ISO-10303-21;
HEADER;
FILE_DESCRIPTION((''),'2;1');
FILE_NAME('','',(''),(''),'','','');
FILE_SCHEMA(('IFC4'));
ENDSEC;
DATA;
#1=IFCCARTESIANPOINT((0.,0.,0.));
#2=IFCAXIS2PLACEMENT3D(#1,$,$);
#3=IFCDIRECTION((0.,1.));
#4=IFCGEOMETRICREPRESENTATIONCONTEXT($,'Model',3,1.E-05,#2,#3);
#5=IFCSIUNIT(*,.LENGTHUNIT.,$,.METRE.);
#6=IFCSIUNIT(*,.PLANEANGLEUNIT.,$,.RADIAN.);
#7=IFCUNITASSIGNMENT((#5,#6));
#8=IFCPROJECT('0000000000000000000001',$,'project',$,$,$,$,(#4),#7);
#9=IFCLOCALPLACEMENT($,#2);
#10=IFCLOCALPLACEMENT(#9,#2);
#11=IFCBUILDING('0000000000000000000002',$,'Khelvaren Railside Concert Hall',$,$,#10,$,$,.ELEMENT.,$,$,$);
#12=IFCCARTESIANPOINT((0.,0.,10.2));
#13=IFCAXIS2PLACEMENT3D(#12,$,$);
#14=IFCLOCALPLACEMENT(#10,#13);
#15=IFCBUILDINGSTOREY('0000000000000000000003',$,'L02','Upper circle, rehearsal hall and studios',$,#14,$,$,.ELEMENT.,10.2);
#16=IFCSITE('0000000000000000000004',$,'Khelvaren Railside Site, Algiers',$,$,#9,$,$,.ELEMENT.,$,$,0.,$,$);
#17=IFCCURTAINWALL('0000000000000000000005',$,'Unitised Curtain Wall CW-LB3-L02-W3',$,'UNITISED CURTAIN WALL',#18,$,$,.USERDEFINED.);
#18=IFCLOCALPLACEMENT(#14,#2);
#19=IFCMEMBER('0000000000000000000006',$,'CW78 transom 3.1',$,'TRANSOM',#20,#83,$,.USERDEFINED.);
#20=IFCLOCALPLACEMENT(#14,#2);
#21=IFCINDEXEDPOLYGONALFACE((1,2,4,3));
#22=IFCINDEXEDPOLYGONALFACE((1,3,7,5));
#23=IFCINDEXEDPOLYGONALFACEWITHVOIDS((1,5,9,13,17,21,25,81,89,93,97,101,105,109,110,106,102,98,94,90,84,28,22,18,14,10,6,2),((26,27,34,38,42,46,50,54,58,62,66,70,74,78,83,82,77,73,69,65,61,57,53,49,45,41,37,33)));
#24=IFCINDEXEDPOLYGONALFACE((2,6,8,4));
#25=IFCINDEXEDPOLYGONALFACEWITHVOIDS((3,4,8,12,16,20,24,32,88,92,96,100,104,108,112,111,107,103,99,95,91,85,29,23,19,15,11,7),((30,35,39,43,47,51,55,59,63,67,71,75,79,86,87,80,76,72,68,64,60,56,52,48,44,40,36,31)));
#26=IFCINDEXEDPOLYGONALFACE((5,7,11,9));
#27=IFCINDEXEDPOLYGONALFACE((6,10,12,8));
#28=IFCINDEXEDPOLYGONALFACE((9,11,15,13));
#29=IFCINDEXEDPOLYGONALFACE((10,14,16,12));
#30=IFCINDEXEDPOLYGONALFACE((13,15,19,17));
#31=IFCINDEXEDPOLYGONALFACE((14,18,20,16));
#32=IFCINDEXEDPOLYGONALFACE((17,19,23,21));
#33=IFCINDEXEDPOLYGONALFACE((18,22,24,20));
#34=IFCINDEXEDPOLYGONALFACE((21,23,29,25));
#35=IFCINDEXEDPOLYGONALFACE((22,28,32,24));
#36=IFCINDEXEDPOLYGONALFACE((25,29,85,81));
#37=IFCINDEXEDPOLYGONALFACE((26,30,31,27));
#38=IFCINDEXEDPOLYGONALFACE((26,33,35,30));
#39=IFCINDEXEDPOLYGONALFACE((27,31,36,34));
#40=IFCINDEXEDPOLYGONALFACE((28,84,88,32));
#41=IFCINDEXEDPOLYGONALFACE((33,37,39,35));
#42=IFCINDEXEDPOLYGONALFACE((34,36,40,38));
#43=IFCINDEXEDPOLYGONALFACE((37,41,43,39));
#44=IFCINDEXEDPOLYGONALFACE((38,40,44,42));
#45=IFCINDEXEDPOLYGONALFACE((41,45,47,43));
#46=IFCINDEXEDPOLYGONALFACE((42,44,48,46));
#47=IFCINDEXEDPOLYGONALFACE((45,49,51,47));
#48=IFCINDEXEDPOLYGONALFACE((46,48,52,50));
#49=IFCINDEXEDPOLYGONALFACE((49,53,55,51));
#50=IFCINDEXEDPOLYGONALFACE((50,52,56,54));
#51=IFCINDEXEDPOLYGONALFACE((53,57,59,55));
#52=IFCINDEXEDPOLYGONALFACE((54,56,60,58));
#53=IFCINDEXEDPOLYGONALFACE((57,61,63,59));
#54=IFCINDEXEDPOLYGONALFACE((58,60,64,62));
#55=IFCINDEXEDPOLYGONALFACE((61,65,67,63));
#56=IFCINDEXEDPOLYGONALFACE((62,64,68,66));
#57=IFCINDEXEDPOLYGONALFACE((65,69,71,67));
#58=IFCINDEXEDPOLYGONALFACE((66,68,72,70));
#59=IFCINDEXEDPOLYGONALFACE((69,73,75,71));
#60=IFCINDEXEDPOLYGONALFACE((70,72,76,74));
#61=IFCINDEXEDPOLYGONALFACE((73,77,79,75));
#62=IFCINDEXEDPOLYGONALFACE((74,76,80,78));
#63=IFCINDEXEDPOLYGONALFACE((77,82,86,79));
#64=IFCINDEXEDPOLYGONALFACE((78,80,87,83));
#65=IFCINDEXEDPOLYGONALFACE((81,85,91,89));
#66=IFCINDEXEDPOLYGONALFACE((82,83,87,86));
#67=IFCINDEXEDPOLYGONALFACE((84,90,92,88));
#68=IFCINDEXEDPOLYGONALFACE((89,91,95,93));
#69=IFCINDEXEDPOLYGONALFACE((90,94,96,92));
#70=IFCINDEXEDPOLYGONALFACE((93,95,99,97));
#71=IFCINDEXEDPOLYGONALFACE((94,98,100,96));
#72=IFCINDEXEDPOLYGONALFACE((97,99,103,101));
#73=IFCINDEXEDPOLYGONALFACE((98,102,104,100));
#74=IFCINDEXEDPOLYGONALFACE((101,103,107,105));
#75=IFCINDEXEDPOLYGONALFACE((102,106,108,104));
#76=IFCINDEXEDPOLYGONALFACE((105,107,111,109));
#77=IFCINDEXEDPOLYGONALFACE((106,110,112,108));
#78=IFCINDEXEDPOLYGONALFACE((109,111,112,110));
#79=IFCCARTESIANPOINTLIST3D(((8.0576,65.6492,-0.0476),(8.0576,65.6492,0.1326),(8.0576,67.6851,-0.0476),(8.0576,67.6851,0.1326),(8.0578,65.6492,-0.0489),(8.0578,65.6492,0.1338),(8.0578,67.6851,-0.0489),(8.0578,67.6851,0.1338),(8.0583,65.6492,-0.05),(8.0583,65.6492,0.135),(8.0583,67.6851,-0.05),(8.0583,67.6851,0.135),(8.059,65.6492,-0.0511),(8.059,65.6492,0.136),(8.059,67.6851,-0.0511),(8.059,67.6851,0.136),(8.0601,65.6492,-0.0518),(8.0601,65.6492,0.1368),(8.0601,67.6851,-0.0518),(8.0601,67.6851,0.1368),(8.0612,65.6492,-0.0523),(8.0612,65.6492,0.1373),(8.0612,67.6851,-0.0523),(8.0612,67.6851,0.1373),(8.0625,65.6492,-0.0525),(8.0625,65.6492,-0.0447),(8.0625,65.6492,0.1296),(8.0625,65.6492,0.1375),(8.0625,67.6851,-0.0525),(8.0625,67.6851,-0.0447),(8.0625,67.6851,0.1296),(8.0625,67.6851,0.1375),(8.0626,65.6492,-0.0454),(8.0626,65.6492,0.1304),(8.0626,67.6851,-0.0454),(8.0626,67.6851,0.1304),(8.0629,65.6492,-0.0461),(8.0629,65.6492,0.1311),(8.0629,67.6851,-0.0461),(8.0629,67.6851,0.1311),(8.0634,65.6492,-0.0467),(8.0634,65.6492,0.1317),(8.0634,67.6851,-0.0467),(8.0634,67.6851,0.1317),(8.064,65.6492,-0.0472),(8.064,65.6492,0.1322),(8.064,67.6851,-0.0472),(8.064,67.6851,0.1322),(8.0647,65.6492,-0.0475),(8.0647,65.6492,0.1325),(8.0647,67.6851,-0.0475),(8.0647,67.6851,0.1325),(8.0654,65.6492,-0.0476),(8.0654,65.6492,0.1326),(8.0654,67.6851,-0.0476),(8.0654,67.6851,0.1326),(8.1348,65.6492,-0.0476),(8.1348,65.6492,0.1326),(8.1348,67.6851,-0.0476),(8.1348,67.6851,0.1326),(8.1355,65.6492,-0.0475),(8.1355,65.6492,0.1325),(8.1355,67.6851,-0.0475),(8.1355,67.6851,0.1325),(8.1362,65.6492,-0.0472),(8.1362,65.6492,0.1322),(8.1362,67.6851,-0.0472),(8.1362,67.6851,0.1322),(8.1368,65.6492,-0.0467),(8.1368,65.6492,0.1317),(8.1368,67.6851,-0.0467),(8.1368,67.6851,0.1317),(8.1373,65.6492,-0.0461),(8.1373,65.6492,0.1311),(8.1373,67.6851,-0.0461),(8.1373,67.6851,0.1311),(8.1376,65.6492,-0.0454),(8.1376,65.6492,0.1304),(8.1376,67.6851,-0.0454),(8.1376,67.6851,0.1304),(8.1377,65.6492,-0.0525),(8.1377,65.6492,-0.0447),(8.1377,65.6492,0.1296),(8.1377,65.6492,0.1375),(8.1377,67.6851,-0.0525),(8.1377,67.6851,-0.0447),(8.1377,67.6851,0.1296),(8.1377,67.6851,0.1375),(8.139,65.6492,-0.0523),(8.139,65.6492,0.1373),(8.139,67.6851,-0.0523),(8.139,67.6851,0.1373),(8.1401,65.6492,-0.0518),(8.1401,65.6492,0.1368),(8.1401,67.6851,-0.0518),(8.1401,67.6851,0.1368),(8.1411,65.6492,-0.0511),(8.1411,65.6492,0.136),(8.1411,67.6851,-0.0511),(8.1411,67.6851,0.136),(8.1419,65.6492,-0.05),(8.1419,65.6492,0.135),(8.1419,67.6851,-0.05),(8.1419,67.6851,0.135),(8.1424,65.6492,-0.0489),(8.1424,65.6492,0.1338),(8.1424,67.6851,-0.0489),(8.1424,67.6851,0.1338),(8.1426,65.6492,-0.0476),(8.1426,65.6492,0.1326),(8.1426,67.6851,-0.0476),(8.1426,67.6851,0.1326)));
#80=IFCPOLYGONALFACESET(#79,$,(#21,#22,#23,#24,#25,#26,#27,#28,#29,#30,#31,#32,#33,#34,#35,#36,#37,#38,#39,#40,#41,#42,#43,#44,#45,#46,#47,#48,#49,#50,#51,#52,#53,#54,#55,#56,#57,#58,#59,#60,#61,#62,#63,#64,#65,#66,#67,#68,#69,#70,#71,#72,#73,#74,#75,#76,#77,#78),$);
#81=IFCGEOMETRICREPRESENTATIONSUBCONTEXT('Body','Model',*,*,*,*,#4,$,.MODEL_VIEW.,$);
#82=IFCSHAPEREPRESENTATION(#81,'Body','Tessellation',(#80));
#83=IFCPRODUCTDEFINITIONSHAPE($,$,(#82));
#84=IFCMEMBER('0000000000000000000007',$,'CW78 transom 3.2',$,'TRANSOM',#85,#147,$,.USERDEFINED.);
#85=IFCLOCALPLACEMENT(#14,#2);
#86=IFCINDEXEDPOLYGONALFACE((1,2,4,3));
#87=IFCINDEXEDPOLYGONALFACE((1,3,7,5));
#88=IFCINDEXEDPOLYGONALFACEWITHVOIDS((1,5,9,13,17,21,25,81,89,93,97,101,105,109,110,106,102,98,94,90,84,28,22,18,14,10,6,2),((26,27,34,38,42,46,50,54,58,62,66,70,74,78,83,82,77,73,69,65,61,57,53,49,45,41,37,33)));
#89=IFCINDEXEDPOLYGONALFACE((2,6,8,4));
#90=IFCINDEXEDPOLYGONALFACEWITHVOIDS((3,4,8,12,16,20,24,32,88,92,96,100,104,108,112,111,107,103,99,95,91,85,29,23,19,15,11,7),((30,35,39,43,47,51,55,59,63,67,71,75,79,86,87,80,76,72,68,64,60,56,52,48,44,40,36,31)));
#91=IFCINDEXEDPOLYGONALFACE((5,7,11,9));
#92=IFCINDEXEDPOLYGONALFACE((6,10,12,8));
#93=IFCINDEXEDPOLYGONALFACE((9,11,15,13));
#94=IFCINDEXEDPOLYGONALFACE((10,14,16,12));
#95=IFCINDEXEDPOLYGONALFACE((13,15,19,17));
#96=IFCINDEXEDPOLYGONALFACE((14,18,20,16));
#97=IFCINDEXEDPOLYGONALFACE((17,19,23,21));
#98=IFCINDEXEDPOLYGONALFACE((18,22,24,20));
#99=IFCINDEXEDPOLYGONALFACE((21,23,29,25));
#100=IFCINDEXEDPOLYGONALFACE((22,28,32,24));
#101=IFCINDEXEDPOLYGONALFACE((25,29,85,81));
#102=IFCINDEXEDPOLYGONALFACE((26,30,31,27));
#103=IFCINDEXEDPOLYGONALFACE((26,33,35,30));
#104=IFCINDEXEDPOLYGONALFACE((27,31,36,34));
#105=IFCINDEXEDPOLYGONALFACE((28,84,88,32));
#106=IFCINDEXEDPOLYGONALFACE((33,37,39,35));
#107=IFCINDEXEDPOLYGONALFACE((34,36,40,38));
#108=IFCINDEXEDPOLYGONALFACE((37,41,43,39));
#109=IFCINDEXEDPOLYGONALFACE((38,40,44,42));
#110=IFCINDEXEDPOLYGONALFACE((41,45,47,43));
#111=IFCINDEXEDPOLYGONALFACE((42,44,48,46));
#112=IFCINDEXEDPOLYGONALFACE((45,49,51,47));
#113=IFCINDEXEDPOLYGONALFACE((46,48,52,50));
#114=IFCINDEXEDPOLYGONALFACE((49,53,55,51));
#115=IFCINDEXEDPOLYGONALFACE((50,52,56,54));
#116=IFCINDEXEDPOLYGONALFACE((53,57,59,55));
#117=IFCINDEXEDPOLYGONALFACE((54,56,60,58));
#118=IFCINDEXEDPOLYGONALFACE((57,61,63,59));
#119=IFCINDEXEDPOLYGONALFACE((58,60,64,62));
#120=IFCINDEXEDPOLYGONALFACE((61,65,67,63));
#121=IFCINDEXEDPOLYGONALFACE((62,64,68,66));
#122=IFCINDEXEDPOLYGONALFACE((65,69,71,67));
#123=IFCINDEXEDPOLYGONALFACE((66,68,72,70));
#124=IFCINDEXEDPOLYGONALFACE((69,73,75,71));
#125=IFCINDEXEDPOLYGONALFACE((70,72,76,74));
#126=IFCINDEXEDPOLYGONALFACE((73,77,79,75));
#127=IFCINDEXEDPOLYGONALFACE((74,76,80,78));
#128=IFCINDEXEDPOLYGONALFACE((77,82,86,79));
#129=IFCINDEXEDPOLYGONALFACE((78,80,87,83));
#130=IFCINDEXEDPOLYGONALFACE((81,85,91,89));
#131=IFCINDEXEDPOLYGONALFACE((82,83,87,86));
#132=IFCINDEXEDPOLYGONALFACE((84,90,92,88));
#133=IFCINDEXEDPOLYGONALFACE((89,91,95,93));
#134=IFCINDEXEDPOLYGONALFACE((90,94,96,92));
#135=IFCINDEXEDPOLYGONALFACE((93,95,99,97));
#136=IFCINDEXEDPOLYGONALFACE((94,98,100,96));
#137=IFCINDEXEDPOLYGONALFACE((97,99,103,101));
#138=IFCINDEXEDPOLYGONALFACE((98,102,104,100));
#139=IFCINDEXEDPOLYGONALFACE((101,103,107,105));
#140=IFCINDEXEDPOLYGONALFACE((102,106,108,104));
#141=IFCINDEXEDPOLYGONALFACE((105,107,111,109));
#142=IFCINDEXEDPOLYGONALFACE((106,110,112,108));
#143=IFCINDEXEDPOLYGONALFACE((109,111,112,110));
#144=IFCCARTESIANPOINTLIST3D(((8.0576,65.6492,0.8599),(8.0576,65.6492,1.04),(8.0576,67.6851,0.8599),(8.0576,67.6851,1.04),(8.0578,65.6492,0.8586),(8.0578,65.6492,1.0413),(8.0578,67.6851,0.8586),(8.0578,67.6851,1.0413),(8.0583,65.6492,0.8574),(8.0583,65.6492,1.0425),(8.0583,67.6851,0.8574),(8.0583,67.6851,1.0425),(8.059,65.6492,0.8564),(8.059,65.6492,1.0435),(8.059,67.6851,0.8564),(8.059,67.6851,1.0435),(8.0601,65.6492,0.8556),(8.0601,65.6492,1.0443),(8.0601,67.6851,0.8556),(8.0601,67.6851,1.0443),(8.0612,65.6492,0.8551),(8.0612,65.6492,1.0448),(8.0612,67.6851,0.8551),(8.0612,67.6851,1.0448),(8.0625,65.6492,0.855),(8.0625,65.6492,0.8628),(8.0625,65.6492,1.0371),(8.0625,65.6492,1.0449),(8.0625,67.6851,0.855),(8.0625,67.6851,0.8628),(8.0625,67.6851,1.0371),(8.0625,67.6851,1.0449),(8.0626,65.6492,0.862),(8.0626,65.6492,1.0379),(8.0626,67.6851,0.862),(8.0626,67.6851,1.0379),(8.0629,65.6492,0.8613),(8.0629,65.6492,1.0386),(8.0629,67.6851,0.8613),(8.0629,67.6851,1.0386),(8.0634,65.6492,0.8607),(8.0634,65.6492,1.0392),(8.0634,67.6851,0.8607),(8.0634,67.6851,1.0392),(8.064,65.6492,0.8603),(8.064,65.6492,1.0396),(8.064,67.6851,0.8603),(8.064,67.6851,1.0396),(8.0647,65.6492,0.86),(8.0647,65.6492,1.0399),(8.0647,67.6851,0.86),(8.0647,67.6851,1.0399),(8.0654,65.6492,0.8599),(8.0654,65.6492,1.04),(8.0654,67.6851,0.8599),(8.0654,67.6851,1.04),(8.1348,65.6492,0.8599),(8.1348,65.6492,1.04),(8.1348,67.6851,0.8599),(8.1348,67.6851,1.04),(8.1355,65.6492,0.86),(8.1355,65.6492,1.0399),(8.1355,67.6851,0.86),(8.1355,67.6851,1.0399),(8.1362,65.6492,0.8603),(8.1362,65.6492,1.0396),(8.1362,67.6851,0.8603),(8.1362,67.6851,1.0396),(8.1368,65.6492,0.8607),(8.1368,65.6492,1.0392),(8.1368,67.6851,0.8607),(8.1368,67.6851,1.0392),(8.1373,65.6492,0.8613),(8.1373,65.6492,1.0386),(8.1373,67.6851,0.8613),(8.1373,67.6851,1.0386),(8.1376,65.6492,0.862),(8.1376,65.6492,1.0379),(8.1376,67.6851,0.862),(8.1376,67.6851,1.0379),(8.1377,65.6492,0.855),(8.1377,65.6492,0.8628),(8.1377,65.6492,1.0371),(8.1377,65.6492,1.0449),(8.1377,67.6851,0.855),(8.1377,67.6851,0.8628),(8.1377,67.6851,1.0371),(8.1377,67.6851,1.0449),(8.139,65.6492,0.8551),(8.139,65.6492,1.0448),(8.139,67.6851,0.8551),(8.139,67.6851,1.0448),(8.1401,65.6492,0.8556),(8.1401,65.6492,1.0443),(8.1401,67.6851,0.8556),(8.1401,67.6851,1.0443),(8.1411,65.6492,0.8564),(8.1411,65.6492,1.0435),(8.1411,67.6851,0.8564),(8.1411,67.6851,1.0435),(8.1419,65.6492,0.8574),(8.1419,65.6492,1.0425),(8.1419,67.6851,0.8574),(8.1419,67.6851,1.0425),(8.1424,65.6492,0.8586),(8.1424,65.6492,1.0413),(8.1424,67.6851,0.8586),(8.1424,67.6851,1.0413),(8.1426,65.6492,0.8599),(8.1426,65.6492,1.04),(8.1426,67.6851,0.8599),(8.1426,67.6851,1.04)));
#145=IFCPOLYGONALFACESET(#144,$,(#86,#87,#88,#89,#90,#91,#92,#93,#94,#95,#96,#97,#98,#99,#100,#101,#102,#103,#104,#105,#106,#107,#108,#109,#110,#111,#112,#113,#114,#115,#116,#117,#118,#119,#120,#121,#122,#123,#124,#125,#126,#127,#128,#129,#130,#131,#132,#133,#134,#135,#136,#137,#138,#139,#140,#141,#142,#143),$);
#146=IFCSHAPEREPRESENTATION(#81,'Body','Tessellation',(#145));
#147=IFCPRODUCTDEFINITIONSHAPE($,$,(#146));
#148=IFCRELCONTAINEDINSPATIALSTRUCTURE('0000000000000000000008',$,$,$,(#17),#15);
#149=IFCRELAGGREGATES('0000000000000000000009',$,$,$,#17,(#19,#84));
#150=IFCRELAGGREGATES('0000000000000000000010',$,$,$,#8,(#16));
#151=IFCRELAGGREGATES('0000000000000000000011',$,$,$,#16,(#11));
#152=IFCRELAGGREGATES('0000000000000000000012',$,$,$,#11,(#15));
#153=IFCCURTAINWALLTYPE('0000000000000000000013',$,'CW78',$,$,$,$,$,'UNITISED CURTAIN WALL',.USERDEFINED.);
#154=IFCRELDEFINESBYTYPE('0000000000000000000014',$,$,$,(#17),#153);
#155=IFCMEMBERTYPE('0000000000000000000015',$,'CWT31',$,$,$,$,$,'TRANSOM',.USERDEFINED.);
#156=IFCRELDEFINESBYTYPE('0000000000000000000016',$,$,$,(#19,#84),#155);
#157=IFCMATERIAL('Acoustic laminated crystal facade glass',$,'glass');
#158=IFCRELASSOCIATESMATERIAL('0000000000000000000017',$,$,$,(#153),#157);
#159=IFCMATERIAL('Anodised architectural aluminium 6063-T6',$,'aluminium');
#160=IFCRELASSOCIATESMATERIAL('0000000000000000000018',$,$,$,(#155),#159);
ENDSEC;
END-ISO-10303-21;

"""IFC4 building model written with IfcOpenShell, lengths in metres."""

from ifc_helpers import new_model, si_unit, direction, frame, origin, origin_2d, place, context, subcontext, project, spatial, hollow_rectangle, extrude, material, material_profile, profile_set, type_object, element, aggregate, save


model = new_model("IFC4")

# Units and contexts
model_context = context("Model", 3, precision=1e-05, world=origin(), true_north=direction((0.0, 1.0)))
body_context = subcontext(model_context, "Body", "Model", "MODEL_VIEW")
ifc_project = project(units=[si_unit("LENGTHUNIT", "METRE"), si_unit("PLANEANGLEUNIT", "RADIAN")], contexts=[model_context])

# Site, building, storey
site_placement = place(None, origin())
site = spatial("IfcSite", under=ifc_project, at=site_placement, Name="Khelvaren Railside Site, Algiers", CompositionType="ELEMENT", RefElevation=0.0)
building_placement = place(site_placement, origin())
building = spatial("IfcBuilding", under=site, at=building_placement, Name="Khelvaren Railside Concert Hall", CompositionType="ELEMENT")
storey_placement = place(building_placement, frame((0.0, 0.0, 10.2)))
storey = spatial("IfcBuildingStorey", under=building, at=storey_placement, Name="L02", Description="Upper circle, rehearsal hall and studios", CompositionType="ELEMENT", Elevation=10.2)

# Shared definitions
ifc_material_1 = material(Name="Anodised architectural aluminium 6063-T6", Category="aluminium")

# Curtain wall, members
ifc_material_2 = material(Name="Acoustic laminated crystal facade glass", Category="glass")
curtain_wall_type_1 = type_object("IfcCurtainWallType", Name="CW78", ElementType="UNITISED CURTAIN WALL", PredefinedType="USERDEFINED", material=ifc_material_2)
curtain_wall_1_placement = place(storey_placement, origin())
curtain_wall_1 = element("IfcCurtainWall", 1, at=curtain_wall_1_placement, inside=storey, type_object=curtain_wall_type_1, Name="Unitised Curtain Wall CW-LB3-L02-W3", ObjectType="UNITISED CURTAIN WALL", PredefinedType="USERDEFINED")
ifc_material_profile_1 = material_profile(ifc_material_1, hollow_rectangle(XDim=0.085, YDim=0.1899, WallThickness=0.0049, InnerFilletRadius=0.0029, OuterFilletRadius=0.0049, at=origin_2d()), Name="CWT 85x190x5")
ifc_profile_set_1 = profile_set([ifc_material_profile_1], Name="Anodised architectural aluminium 6063-T6")
member_type_1 = type_object("IfcMemberType", Name="CWT31", ElementType="TRANSOM", PredefinedType="USERDEFINED", material=ifc_profile_set_1)
member_1_placement = place(storey_placement, frame((8.1001, 65.6492, 0.0425), z_axis=(0.0, 1.0, 0.0), x_axis=(-1.0, 0.0, 0.0)))
member_1 = element("IfcMember", 2, at=member_1_placement, type_object=member_type_1, Name="CW78 transom 3.1", ObjectType="TRANSOM", PredefinedType="USERDEFINED", context=body_context, shape_type="SweptSolid", body=[
    extrude(hollow_rectangle(XDim=0.085, YDim=0.1899, WallThickness=0.0049, InnerFilletRadius=0.0029, OuterFilletRadius=0.0049, at=origin_2d()), origin(), (0.0, 0.0, 1.0), 2.0359),
])
member_2_placement = place(storey_placement, frame((8.1001, 65.6492, 0.95), z_axis=(0.0, 1.0, 0.0), x_axis=(-1.0, 0.0, 0.0)))
member_2 = element("IfcMember", 3, at=member_2_placement, type_object=member_type_1, Name="CW78 transom 3.2", ObjectType="TRANSOM", PredefinedType="USERDEFINED", context=body_context, shape_type="SweptSolid", body=[
    extrude(hollow_rectangle(XDim=0.085, YDim=0.1899, WallThickness=0.0049, InnerFilletRadius=0.0029, OuterFilletRadius=0.0049, at=origin_2d()), origin(), (0.0, 0.0, 1.0), 2.0359),
])

aggregate(curtain_wall_1, [member_1, member_2])

save(model, "model.ifc")
